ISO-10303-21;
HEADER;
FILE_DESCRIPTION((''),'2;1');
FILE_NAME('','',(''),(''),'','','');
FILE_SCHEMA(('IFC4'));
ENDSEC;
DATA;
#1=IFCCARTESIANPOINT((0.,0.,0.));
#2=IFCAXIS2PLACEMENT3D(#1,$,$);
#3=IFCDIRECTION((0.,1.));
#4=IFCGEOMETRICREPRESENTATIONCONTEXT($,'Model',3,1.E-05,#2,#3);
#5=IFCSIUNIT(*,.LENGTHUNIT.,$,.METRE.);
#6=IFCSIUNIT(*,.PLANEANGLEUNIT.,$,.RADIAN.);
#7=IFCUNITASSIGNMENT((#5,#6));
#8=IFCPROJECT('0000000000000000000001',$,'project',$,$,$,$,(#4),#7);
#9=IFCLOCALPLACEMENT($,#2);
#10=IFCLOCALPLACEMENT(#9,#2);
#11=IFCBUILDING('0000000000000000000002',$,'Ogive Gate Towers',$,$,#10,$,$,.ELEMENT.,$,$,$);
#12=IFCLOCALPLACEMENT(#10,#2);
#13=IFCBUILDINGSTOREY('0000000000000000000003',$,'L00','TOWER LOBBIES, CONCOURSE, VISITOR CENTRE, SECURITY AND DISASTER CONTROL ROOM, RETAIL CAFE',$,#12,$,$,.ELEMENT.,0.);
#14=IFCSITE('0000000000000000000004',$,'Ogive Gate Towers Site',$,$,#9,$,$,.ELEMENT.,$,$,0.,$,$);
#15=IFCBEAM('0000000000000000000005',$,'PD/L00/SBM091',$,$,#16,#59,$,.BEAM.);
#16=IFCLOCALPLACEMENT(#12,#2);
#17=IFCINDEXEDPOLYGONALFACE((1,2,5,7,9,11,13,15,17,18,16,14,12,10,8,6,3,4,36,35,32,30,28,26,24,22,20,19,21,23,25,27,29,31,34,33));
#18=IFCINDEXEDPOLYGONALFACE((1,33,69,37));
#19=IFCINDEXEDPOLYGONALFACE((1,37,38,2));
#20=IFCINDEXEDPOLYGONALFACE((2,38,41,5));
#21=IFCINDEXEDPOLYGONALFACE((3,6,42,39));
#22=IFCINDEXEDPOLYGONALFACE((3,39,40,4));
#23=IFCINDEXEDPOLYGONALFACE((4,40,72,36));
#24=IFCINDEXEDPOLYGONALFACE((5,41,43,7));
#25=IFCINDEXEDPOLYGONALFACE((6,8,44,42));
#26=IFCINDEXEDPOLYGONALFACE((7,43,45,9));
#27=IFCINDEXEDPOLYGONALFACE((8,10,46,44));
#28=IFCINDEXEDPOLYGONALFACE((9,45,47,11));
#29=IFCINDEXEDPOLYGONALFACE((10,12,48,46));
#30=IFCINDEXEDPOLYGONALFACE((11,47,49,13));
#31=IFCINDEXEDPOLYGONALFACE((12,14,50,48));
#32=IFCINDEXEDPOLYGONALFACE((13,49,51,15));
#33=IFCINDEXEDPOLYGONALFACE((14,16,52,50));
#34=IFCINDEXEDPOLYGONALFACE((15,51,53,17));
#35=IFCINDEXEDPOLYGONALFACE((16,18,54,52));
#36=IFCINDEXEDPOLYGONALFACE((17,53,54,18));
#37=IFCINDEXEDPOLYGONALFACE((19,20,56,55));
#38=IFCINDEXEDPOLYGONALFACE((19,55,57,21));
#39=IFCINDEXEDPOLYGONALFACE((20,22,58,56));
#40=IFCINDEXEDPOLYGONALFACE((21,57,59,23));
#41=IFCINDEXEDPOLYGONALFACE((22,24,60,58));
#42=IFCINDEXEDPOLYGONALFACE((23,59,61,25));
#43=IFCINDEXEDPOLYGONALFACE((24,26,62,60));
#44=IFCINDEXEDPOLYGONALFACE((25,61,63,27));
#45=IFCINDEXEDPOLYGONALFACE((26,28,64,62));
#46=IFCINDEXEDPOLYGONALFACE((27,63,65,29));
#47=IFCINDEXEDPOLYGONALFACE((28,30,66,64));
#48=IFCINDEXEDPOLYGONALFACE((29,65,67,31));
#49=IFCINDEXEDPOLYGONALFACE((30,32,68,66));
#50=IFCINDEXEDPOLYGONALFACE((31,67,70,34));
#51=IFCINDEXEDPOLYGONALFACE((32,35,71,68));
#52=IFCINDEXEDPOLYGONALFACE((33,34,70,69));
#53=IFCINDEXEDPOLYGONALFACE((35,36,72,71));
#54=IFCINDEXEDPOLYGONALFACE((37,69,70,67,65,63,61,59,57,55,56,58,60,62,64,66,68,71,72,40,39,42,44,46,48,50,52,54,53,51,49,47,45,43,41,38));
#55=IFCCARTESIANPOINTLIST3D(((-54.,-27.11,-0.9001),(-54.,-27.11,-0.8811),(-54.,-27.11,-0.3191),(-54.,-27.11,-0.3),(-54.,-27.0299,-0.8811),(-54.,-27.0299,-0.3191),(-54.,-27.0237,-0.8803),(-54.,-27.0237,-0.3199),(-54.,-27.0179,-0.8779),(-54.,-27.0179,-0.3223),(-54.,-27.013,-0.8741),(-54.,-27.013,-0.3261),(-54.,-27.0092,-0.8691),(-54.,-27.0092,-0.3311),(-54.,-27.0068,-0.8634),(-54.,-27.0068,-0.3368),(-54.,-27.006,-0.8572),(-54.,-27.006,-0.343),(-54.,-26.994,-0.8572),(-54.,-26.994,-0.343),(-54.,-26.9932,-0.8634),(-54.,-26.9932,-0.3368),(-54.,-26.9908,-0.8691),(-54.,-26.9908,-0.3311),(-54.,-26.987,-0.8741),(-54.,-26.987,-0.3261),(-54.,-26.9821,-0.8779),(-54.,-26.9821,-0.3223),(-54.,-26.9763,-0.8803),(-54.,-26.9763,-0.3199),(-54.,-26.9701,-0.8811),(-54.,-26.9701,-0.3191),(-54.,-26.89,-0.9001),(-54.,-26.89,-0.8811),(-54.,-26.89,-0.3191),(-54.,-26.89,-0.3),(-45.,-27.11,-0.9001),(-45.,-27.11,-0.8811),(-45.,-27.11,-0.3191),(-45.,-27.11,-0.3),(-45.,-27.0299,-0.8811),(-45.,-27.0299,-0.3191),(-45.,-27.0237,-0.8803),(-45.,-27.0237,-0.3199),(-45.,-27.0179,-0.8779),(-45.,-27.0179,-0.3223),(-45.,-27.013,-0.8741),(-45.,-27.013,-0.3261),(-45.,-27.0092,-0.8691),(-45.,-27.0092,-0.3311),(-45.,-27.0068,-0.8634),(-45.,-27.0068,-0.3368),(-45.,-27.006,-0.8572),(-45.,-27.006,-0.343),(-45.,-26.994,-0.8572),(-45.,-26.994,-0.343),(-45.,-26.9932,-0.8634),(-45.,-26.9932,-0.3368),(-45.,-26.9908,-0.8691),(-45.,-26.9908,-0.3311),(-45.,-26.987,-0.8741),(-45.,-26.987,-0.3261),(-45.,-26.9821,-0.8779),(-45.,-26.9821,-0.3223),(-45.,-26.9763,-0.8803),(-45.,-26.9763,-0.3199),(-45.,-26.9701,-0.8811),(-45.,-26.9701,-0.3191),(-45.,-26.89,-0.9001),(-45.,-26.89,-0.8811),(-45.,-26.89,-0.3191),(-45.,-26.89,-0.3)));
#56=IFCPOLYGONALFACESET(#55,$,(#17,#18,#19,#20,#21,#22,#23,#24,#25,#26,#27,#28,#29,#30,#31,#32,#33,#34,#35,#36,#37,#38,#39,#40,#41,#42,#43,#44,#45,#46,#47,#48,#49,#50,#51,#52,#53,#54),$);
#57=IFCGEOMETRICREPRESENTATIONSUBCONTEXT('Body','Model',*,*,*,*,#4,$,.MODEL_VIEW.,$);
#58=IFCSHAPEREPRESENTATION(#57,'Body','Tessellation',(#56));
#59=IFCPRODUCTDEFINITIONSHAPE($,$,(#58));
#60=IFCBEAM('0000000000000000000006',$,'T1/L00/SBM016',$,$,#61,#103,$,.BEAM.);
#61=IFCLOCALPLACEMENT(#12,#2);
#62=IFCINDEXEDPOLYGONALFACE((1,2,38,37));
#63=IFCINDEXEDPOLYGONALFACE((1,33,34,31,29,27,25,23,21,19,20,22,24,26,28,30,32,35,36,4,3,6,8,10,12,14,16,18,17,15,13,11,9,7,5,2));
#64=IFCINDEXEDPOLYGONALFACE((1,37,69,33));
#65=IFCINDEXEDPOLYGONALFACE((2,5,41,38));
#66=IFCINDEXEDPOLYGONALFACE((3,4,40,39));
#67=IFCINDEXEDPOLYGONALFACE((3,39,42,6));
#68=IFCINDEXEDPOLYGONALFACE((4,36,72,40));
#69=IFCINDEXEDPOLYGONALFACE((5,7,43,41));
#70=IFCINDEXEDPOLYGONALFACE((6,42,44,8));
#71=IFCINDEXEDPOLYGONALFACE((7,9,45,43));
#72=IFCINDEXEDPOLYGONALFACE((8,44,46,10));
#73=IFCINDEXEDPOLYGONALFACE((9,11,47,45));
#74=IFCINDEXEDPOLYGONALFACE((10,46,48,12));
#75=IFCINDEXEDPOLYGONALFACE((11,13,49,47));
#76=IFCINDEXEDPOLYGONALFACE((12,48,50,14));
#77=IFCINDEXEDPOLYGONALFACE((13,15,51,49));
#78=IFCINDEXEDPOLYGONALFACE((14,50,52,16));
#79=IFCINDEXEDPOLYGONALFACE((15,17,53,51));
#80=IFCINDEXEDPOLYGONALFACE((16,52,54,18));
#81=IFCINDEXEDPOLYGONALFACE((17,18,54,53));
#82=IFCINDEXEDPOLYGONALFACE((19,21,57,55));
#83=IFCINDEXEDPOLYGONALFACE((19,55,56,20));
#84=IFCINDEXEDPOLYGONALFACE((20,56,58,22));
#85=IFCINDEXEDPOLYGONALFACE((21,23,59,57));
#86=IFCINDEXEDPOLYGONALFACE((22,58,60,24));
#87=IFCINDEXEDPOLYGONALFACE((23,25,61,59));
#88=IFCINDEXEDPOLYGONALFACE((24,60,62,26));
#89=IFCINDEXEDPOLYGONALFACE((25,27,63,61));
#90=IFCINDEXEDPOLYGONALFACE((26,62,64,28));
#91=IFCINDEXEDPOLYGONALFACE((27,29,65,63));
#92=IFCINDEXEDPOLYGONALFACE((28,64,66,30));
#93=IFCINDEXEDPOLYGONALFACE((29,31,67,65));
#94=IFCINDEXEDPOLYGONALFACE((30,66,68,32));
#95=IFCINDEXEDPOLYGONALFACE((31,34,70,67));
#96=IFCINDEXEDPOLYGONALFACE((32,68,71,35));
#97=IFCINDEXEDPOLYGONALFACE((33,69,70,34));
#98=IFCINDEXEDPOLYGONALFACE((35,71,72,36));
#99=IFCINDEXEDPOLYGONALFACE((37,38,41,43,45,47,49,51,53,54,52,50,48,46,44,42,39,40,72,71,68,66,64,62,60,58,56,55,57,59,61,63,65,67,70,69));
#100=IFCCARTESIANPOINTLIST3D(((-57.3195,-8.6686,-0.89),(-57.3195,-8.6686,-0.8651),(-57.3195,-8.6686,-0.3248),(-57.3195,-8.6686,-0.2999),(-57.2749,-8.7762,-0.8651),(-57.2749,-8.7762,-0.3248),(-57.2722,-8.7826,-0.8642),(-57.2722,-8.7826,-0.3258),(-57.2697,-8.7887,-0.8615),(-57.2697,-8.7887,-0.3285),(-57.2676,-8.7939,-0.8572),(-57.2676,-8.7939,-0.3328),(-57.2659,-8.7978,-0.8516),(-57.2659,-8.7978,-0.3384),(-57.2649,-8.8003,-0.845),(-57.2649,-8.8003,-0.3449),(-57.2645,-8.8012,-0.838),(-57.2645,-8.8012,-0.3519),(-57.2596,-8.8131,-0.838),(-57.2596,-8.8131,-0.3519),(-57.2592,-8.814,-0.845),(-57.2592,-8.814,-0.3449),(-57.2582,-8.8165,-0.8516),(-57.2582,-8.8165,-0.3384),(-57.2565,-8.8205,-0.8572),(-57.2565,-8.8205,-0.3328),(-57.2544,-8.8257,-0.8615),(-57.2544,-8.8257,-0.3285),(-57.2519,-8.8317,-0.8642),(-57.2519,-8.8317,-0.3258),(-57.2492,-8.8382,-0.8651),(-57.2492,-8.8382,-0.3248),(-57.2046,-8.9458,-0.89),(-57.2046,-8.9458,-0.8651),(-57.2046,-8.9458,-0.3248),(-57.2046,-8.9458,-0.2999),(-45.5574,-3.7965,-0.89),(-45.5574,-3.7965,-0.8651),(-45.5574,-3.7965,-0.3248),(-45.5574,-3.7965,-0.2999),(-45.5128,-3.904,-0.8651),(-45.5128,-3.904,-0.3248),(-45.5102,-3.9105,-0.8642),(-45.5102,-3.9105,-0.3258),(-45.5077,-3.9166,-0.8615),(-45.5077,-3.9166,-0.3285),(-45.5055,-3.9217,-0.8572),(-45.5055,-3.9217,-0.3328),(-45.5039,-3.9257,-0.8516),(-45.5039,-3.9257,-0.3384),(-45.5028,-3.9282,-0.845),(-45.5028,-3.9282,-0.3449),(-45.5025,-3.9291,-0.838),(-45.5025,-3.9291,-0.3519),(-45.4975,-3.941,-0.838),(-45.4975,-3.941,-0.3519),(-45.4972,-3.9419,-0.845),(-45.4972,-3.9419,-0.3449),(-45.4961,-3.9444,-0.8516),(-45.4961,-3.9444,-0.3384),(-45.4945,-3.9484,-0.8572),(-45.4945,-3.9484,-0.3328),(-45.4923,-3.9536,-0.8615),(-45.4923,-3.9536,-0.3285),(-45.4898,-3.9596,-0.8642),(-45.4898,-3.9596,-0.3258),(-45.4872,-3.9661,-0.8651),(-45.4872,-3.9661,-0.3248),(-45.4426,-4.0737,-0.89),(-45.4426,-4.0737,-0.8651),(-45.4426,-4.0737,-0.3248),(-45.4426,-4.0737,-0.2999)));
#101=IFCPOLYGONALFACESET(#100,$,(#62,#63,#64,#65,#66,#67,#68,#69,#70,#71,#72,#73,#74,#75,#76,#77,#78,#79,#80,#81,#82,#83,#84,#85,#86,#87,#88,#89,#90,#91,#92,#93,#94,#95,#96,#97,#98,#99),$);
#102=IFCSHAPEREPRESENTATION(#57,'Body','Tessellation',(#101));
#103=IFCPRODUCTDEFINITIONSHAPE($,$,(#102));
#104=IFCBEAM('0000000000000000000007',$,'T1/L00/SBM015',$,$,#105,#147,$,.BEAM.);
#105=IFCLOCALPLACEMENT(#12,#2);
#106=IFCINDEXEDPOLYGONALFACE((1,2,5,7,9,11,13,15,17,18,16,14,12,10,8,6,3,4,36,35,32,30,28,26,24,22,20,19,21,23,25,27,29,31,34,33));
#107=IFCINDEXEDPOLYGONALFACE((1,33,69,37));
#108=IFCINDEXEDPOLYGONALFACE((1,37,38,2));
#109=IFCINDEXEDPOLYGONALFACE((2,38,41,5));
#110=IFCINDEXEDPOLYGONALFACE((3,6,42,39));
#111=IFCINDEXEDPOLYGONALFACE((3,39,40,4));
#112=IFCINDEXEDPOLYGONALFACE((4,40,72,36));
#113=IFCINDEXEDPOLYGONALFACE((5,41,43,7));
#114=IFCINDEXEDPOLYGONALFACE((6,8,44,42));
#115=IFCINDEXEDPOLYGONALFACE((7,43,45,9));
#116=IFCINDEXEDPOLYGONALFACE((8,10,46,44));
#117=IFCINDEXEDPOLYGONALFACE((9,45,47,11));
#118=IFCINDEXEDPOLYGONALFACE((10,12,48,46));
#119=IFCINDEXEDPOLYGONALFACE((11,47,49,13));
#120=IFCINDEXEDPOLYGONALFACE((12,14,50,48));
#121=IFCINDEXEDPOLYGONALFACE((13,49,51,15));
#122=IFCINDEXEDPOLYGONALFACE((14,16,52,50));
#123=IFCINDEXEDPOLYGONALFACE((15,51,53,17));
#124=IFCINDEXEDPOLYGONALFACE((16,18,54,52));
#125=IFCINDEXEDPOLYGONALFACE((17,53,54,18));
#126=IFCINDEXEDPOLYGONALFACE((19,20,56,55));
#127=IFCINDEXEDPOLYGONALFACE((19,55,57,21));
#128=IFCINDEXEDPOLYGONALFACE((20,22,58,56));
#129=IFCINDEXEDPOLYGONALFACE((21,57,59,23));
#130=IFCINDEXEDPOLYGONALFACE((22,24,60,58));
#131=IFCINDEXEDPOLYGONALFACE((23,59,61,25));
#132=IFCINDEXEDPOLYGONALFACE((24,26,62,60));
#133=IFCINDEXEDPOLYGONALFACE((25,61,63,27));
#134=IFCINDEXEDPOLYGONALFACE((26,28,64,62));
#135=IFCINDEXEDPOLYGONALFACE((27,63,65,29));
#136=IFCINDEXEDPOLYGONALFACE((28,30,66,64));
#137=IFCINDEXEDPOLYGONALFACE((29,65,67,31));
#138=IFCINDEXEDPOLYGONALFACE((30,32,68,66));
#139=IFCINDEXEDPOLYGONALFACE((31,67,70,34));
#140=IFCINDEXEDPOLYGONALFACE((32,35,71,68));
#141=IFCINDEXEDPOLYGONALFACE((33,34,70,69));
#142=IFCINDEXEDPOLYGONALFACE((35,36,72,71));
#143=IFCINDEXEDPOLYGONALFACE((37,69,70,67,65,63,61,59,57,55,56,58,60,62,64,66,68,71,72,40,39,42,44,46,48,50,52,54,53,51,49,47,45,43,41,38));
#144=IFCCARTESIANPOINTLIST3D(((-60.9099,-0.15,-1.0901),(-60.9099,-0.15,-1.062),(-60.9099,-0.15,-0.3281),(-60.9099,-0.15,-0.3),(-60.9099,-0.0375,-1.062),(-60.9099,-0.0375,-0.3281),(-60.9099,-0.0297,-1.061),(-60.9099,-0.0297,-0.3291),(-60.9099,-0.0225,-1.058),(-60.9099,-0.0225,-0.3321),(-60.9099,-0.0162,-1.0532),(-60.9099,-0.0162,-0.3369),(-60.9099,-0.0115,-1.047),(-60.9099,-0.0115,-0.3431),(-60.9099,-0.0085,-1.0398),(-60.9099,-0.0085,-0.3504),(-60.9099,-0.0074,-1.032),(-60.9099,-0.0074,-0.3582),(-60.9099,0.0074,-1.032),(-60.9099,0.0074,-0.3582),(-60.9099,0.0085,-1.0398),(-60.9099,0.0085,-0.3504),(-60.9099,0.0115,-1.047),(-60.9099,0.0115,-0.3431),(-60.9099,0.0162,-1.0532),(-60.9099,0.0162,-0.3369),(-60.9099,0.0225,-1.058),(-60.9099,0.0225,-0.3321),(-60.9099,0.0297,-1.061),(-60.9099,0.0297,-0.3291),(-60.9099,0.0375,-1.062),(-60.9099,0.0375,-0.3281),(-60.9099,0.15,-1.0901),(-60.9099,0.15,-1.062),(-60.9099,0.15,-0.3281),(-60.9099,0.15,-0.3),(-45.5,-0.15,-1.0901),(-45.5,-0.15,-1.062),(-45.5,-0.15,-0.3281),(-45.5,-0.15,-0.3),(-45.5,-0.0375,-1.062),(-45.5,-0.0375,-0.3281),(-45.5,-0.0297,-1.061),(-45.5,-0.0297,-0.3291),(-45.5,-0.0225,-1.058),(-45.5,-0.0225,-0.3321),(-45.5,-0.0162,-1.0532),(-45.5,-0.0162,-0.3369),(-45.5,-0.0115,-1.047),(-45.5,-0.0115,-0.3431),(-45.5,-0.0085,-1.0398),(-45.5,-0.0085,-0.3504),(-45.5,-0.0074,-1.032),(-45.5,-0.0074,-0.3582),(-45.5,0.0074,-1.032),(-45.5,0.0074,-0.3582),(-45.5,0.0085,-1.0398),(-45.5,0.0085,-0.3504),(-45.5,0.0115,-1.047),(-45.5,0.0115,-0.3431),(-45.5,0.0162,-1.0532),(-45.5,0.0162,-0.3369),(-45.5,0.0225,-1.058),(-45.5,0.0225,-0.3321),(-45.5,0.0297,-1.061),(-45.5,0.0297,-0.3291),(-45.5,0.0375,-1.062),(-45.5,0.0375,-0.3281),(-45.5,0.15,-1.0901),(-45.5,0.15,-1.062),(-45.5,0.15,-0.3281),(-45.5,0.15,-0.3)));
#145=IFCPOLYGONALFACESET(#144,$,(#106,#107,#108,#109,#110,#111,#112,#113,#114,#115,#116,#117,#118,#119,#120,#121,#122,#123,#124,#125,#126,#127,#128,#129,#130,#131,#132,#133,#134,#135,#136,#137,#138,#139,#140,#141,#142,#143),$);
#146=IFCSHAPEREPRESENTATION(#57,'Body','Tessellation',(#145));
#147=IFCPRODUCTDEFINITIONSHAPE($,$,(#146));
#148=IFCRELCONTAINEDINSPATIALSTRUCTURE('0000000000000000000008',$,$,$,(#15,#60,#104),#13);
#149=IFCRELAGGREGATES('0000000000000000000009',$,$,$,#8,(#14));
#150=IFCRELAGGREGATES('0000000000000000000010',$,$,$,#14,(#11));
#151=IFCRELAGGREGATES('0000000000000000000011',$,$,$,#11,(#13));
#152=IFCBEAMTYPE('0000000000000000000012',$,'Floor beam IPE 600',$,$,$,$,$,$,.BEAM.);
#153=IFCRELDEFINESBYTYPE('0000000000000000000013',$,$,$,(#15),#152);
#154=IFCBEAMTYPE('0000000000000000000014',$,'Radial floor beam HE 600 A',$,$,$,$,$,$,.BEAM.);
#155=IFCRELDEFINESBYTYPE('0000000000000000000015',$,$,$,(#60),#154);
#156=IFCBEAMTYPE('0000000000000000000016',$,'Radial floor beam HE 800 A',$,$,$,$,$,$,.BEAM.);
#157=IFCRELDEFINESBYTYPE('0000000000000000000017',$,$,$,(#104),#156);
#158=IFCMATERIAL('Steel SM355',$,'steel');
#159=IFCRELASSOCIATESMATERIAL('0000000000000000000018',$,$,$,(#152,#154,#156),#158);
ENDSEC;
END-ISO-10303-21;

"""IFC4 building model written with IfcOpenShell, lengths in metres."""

from ifc_helpers import new_model, si_unit, direction, frame, origin, origin_2d, place, context, subcontext, project, spatial, i_section, extrude, material, material_profile, profile_set, type_object, element, save


model = new_model("IFC4")

# Units and contexts
model_context = context("Model", 3, precision=1e-05, world=origin(), true_north=direction((0.0, 1.0)))
body_context = subcontext(model_context, "Body", "Model", "MODEL_VIEW")
ifc_project = project(units=[si_unit("LENGTHUNIT", "METRE"), si_unit("PLANEANGLEUNIT", "RADIAN")], contexts=[model_context])

# Site, building, storey
site_placement = place(None, origin())
site = spatial("IfcSite", under=ifc_project, at=site_placement, Name="Ogive Gate Towers Site", CompositionType="ELEMENT", RefElevation=0.0)
building_placement = place(site_placement, origin())
building = spatial("IfcBuilding", under=site, at=building_placement, Name="Ogive Gate Towers", CompositionType="ELEMENT")
storey_placement = place(building_placement, origin())
storey = spatial("IfcBuildingStorey", under=building, at=storey_placement, Name="L00", Description="TOWER LOBBIES, CONCOURSE, VISITOR CENTRE, SECURITY AND DISASTER CONTROL ROOM, RETAIL CAFE", CompositionType="ELEMENT", Elevation=0.0)

# Beams
ifc_material_1 = material(Name="Steel SM355", Category="steel")
ifc_material_profile_1 = material_profile(ifc_material_1, i_section(OverallWidth=0.22, OverallDepth=0.6001, WebThickness=0.012, FlangeThickness=0.019, FilletRadius=0.0239, at=origin_2d()), Name="IPE 600")
ifc_profile_set_1 = profile_set([ifc_material_profile_1], Name="Steel SM355")
beam_type_1 = type_object("IfcBeamType", Name="Floor beam IPE 600", PredefinedType="BEAM", material=ifc_profile_set_1)
beam_1_placement = place(storey_placement, frame((-54.0, -27.0, -0.6001), z_axis=(1.0, 0.0, 0.0), x_axis=(0.0, 1.0, 0.0)))
element("IfcBeam", 1, at=beam_1_placement, inside=storey, type_object=beam_type_1, Name="PD/L00/SBM091", PredefinedType="BEAM", context=body_context, shape_type="SweptSolid", body=[
    extrude(i_section(OverallWidth=0.22, OverallDepth=0.6001, WebThickness=0.012, FlangeThickness=0.019, FilletRadius=0.0239, at=origin_2d()), origin(), (0.0, 0.0, 1.0), 9.0),
])
ifc_material_profile_2 = material_profile(ifc_material_1, i_section(OverallWidth=0.3, OverallDepth=0.5901, WebThickness=0.0129, FlangeThickness=0.0249, FilletRadius=0.0271, at=origin_2d()), Name="HE 600 A")
ifc_profile_set_2 = profile_set([ifc_material_profile_2], Name="Steel SM355")
beam_type_2 = type_object("IfcBeamType", Name="Radial floor beam HE 600 A", PredefinedType="BEAM", material=ifc_profile_set_2)
beam_2_placement = place(storey_placement, frame((-45.5, -3.9351, -0.595), z_axis=(-0.923877, -0.382691, 0.0), x_axis=(0.382691, -0.923877, 0.0)))
element("IfcBeam", 2, at=beam_2_placement, inside=storey, type_object=beam_type_2, Name="T1/L00/SBM016", PredefinedType="BEAM", context=body_context, shape_type="SweptSolid", body=[
    extrude(i_section(OverallWidth=0.3, OverallDepth=0.5901, WebThickness=0.0129, FlangeThickness=0.0249, FilletRadius=0.0271, at=origin_2d()), origin(), (0.0, 0.0, 1.0), 12.7312),
])
ifc_material_profile_3 = material_profile(ifc_material_1, i_section(OverallWidth=0.3, OverallDepth=0.79, WebThickness=0.0149, FlangeThickness=0.0281, FilletRadius=0.03, at=origin_2d()), Name="HE 800 A")
ifc_profile_set_3 = profile_set([ifc_material_profile_3], Name="Steel SM355")
beam_type_3 = type_object("IfcBeamType", Name="Radial floor beam HE 800 A", PredefinedType="BEAM", material=ifc_profile_set_3)
beam_3_placement = place(storey_placement, frame((-45.5, 0.0, -0.6951), z_axis=(-1.0, 0.0, 0.0), x_axis=(0.0, -1.0, 0.0)))
element("IfcBeam", 3, at=beam_3_placement, inside=storey, type_object=beam_type_3, Name="T1/L00/SBM015", PredefinedType="BEAM", context=body_context, shape_type="SweptSolid", body=[
    extrude(i_section(OverallWidth=0.3, OverallDepth=0.79, WebThickness=0.0149, FlangeThickness=0.0281, FilletRadius=0.03, at=origin_2d()), origin(), (0.0, 0.0, 1.0), 15.4099),
])

save(model, "model.ifc")
